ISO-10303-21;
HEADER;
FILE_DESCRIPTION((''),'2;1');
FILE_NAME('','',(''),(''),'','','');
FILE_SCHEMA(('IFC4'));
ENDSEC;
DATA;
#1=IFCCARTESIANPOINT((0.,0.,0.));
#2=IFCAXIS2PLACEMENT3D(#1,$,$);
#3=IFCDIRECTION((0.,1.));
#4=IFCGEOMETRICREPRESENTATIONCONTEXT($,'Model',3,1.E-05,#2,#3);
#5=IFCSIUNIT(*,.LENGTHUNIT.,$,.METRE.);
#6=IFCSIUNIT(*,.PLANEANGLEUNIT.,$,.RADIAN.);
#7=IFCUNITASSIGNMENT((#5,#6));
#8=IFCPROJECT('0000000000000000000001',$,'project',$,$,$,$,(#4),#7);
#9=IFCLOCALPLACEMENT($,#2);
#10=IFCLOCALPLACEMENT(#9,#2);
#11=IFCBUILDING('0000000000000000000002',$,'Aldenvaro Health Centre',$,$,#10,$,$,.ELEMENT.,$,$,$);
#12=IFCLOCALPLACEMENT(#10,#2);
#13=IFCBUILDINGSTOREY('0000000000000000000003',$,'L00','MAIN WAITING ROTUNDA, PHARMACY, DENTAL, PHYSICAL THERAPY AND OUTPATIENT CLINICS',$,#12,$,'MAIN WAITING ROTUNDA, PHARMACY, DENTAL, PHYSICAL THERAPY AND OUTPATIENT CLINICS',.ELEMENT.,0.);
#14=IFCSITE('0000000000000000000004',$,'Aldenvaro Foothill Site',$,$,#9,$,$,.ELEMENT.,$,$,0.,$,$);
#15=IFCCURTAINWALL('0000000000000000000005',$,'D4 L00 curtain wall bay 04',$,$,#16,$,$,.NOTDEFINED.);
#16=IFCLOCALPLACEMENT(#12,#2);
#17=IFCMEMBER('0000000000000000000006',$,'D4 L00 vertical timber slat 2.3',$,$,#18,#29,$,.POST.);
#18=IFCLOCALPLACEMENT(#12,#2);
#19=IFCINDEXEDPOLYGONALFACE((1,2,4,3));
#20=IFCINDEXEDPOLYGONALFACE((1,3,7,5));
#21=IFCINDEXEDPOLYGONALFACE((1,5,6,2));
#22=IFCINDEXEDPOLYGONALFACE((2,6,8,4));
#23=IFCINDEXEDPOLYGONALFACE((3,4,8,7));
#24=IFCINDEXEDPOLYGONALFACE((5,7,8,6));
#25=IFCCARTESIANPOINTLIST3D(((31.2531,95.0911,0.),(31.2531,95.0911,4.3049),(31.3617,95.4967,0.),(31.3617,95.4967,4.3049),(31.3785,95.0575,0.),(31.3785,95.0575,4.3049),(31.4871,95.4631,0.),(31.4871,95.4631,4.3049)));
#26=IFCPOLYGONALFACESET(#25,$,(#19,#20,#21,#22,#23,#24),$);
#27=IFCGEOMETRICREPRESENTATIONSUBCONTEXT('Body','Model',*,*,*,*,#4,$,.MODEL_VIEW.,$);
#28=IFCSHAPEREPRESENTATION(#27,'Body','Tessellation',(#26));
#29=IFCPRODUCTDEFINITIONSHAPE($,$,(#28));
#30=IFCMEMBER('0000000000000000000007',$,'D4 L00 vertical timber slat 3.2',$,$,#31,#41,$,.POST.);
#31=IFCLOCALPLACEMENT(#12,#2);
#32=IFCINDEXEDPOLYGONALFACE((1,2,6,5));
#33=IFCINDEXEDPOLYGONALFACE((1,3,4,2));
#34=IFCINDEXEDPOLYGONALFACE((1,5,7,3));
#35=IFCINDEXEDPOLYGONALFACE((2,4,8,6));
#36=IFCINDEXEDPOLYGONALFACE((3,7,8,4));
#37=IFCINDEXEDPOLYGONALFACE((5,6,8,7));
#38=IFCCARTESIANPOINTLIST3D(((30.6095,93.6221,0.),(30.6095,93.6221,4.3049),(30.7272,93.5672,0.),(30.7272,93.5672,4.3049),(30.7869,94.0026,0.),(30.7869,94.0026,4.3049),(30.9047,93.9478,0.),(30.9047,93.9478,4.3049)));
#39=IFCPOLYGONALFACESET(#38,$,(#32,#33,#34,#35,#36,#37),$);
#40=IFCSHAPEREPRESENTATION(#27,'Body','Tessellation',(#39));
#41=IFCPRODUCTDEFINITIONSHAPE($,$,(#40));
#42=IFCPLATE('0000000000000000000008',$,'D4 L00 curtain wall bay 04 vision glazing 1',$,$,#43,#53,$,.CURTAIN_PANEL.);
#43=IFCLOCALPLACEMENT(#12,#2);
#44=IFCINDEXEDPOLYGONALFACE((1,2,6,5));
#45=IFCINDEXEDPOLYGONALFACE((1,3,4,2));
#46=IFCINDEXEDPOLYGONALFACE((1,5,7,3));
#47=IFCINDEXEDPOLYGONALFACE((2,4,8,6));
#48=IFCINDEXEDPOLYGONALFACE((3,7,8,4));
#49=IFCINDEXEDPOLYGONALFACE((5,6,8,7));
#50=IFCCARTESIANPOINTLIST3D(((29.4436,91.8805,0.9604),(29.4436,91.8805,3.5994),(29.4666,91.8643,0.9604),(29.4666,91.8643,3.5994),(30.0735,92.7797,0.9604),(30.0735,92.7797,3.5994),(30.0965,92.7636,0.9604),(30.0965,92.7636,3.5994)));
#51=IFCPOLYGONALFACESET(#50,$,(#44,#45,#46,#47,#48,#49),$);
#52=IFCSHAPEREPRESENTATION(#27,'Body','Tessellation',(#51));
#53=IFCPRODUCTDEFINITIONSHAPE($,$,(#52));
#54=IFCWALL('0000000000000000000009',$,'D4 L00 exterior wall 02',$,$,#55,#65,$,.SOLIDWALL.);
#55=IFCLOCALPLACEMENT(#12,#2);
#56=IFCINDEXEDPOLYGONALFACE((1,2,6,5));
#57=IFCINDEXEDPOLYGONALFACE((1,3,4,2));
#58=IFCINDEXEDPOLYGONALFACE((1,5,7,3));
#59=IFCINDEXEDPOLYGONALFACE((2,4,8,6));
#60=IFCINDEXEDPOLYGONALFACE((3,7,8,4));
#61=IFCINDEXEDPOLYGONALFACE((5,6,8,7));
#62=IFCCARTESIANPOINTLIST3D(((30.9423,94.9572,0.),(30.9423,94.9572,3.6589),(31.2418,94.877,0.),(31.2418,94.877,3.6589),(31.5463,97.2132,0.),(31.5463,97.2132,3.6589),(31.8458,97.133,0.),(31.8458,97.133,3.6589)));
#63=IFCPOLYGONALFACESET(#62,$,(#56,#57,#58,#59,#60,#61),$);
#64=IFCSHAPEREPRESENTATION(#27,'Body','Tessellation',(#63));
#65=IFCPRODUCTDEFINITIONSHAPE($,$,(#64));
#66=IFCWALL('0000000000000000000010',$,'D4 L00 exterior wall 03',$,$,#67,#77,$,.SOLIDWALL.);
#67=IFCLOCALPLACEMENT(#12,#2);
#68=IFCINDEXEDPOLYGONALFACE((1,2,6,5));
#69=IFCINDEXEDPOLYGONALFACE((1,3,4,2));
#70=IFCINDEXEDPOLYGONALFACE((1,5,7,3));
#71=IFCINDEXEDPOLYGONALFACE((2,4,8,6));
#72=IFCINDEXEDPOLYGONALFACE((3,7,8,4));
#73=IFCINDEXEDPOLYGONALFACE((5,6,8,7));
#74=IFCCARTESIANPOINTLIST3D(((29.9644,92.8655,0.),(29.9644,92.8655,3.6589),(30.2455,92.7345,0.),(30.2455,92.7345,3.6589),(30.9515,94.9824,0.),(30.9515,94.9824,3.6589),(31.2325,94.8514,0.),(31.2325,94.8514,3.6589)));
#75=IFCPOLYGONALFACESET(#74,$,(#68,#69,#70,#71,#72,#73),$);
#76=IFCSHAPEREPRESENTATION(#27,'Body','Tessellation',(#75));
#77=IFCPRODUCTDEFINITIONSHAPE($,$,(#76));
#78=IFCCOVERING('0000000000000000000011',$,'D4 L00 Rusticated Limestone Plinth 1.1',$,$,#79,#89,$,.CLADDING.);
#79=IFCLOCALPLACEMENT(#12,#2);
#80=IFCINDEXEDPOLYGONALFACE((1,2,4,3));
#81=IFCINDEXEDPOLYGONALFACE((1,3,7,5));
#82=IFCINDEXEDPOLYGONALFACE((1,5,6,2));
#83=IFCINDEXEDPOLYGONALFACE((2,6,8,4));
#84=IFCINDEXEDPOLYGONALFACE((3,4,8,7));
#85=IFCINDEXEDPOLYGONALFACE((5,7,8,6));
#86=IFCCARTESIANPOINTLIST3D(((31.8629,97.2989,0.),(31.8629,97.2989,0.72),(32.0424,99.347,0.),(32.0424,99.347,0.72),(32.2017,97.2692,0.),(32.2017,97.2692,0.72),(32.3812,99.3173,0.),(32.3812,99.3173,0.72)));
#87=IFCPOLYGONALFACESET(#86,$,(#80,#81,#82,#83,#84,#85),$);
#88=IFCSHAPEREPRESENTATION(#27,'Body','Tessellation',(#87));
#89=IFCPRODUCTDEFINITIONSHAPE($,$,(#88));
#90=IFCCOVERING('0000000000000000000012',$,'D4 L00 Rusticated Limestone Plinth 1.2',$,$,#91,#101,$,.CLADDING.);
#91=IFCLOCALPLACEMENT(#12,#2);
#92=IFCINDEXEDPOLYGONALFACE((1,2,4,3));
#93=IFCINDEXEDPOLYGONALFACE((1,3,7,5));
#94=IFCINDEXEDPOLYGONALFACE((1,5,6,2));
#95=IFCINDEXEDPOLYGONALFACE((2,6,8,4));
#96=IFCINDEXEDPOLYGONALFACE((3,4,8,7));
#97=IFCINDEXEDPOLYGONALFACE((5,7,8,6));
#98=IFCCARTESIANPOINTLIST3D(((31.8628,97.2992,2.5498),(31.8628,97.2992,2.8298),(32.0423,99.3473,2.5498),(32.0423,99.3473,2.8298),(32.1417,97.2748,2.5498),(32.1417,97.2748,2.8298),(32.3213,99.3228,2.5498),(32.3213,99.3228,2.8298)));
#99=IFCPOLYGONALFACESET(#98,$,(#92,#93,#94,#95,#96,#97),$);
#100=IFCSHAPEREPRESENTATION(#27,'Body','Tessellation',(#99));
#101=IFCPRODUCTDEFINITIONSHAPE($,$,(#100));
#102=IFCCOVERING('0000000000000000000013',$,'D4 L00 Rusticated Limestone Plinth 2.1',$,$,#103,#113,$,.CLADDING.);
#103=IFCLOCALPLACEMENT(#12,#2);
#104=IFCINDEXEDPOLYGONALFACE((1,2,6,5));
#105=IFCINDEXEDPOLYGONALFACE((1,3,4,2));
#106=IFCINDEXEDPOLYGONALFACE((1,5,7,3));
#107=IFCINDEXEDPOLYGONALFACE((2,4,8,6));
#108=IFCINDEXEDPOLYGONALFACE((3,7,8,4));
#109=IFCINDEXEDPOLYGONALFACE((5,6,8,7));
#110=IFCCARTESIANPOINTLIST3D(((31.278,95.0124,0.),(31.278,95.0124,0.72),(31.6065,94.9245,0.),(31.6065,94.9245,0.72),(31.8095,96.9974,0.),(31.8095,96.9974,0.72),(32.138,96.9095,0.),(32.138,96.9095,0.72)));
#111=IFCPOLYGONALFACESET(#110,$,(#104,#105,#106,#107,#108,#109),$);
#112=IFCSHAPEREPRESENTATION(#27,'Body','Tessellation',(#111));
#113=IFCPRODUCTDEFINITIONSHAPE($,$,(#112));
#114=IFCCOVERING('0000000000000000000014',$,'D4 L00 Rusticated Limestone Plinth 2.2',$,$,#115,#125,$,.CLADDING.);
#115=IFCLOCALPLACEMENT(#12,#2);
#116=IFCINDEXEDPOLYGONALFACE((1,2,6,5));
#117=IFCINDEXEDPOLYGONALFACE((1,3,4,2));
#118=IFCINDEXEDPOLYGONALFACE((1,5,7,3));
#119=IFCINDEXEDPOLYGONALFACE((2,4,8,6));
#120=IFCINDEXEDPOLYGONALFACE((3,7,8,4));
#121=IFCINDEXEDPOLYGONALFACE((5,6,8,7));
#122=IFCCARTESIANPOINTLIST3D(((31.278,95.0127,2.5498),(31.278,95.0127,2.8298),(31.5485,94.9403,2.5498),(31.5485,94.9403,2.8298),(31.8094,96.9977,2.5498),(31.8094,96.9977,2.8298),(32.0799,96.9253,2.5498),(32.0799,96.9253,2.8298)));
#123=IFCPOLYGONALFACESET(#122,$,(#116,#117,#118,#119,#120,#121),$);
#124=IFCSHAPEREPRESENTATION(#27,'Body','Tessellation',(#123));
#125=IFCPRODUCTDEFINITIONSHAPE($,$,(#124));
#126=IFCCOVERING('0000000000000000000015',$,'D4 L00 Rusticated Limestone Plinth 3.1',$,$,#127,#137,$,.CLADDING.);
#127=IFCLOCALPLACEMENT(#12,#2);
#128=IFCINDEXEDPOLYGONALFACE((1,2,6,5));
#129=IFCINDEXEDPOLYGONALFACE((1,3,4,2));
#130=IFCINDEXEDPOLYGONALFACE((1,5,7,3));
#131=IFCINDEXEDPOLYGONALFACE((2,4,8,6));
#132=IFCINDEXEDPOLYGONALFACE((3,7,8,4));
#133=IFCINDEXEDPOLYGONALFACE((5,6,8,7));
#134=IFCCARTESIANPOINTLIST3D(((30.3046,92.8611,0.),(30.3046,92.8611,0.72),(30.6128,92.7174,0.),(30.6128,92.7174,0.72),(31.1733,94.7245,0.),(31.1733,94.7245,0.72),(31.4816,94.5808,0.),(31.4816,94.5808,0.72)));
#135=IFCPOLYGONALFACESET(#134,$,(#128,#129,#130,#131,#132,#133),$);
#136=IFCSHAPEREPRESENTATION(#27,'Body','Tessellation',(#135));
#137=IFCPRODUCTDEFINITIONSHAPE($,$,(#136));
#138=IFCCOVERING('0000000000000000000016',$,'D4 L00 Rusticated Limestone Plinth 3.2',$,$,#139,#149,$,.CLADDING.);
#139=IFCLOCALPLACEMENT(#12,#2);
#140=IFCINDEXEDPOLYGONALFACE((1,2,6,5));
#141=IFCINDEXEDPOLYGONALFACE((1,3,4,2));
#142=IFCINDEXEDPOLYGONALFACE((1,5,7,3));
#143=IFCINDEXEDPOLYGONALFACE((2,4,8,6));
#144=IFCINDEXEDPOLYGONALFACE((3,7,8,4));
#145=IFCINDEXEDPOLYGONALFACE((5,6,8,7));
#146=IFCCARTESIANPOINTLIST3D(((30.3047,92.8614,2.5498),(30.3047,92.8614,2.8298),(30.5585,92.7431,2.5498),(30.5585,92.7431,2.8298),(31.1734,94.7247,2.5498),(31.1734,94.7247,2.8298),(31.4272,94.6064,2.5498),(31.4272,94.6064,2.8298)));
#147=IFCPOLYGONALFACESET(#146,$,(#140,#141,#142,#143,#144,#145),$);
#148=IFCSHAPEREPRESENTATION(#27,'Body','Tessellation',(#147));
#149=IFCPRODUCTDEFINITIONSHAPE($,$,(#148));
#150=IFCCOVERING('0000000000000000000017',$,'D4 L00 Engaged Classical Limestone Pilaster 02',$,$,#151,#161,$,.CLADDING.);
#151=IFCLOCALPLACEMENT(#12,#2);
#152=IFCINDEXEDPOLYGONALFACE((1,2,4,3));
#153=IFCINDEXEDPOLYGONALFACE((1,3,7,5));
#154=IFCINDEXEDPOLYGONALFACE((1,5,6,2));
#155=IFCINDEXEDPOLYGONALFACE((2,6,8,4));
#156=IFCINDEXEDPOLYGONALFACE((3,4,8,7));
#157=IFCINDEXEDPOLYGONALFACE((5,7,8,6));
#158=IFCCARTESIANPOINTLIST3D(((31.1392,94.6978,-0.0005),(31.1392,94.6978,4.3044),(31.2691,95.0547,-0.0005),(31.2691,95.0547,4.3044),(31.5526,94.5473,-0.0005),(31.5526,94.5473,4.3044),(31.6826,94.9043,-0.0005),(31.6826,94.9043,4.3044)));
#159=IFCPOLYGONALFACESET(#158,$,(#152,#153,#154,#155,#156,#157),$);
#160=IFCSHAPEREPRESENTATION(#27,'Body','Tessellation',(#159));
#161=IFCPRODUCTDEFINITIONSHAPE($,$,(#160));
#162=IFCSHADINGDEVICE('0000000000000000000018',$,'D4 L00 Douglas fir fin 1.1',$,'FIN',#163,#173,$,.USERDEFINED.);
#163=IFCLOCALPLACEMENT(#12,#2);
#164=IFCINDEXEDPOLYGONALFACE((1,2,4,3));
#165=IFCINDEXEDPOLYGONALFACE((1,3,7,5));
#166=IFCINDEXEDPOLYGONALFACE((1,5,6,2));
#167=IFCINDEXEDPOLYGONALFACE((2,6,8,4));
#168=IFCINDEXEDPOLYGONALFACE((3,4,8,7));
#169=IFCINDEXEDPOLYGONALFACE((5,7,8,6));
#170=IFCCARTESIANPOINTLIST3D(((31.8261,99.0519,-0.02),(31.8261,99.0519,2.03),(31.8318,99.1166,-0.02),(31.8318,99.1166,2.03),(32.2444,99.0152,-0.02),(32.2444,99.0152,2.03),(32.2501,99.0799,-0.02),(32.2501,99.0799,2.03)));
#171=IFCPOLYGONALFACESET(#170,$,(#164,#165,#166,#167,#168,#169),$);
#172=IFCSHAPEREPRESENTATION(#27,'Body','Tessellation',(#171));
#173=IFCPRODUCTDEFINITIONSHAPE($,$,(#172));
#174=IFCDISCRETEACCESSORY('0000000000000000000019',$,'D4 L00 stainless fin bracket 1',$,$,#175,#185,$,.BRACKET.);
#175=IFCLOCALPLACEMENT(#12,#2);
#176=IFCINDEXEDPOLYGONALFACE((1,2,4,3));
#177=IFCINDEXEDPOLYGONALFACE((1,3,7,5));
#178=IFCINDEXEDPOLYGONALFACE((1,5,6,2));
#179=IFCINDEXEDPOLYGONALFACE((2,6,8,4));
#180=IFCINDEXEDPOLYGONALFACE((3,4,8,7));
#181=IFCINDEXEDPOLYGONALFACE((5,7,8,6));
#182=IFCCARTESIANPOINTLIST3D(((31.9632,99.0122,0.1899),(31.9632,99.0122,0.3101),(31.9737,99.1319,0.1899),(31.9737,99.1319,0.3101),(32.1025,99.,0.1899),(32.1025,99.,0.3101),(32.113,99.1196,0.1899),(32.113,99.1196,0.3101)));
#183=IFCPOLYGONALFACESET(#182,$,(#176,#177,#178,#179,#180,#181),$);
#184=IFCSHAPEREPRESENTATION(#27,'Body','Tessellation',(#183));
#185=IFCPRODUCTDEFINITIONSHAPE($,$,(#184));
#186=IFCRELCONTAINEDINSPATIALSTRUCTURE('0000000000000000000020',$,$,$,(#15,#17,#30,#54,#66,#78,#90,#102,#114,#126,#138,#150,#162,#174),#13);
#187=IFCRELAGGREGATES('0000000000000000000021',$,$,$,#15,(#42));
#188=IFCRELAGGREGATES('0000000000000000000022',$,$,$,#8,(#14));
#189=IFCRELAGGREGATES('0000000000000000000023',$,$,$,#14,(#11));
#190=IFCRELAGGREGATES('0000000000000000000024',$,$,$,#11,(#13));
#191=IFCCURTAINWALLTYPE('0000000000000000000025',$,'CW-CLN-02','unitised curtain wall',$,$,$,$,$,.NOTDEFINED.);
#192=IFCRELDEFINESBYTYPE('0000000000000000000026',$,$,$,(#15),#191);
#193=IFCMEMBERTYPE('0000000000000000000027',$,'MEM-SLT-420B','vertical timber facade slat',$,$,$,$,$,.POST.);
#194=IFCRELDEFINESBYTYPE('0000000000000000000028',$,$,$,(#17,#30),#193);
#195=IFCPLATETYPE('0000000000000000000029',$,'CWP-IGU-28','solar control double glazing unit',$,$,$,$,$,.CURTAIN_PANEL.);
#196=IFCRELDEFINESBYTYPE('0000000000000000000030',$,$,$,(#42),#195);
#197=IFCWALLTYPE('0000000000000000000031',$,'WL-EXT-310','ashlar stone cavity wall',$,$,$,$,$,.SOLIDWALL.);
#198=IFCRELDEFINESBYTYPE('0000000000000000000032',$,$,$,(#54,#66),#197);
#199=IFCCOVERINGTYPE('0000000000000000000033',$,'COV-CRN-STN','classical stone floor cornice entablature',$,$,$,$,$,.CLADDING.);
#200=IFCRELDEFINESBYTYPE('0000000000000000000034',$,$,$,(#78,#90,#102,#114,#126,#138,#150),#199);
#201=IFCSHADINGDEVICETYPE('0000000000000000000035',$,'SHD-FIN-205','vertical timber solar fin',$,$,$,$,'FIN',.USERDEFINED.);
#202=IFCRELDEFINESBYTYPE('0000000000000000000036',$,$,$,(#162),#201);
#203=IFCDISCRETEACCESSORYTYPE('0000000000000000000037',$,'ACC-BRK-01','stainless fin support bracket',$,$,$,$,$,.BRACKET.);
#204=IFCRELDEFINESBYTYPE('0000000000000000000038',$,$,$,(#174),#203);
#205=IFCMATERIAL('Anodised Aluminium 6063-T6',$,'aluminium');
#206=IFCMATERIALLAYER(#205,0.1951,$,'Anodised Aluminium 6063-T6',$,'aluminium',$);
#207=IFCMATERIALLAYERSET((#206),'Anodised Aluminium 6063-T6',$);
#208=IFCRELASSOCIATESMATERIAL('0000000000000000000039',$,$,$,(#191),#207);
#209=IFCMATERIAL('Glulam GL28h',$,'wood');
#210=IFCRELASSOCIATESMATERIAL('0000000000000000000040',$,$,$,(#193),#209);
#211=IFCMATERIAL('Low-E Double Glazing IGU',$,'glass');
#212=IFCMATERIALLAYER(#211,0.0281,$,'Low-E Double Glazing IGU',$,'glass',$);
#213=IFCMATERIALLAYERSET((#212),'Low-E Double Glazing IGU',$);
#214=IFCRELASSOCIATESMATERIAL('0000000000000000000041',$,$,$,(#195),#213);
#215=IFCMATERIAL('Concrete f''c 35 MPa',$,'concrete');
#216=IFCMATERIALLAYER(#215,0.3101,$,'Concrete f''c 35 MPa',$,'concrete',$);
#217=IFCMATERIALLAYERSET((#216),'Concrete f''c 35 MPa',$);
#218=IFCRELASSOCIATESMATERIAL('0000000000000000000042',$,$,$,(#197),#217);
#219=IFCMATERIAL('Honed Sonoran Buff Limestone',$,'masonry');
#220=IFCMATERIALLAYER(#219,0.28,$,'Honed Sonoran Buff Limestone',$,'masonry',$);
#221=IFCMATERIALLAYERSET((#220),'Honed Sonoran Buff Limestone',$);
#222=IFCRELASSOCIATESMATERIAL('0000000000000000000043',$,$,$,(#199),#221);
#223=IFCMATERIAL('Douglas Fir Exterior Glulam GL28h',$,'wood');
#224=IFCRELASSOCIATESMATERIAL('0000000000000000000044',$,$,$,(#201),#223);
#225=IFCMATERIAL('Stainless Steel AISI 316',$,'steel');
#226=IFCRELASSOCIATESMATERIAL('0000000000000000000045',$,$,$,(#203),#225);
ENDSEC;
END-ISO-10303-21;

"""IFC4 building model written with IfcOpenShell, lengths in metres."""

from ifc_helpers import new_model, si_unit, direction, frame, frame_2d, origin, origin_2d, place, context, subcontext, project, spatial, rectangle, extrude, material, layer, layer_set, material_profile, profile_set, type_object, element, aggregate, save


model = new_model("IFC4")

# Units and contexts
model_context = context("Model", 3, precision=1e-05, world=origin(), true_north=direction((0.0, 1.0)))
body_context = subcontext(model_context, "Body", "Model", "MODEL_VIEW")
ifc_project = project(units=[si_unit("LENGTHUNIT", "METRE"), si_unit("PLANEANGLEUNIT", "RADIAN")], contexts=[model_context])

# Site, building, storey
site_placement = place(None, origin())
site = spatial("IfcSite", under=ifc_project, at=site_placement, Name="Aldenvaro Foothill Site", CompositionType="ELEMENT", RefElevation=0.0)
building_placement = place(site_placement, origin())
building = spatial("IfcBuilding", under=site, at=building_placement, Name="Aldenvaro Health Centre", CompositionType="ELEMENT")
storey_placement = place(building_placement, origin())
storey = spatial("IfcBuildingStorey", under=building, at=storey_placement, Name="L00", Description="MAIN WAITING ROTUNDA, PHARMACY, DENTAL, PHYSICAL THERAPY AND OUTPATIENT CLINICS", LongName="MAIN WAITING ROTUNDA, PHARMACY, DENTAL, PHYSICAL THERAPY AND OUTPATIENT CLINICS", CompositionType="ELEMENT", Elevation=0.0)

# Shared definitions
ifc_material_1 = material(Name="Glulam GL28h", Category="wood")

# Curtain wall
ifc_material_2 = material(Name="Anodised Aluminium 6063-T6", Category="aluminium")
ifc_layer_1 = layer(ifc_material_2, 0.1951, Name="Anodised Aluminium 6063-T6", Category="aluminium")
ifc_layer_set_1 = layer_set([ifc_layer_1], Name="Anodised Aluminium 6063-T6")
curtain_wall_type = type_object("IfcCurtainWallType", Name="CW-CLN-02", Description="unitised curtain wall", PredefinedType="NOTDEFINED", material=ifc_layer_set_1)
curtain_wall_placement = place(storey_placement, origin())
curtain_wall = element("IfcCurtainWall", 1, at=curtain_wall_placement, inside=storey, type_object=curtain_wall_type, Name="D4 L00 curtain wall bay 04", PredefinedType="NOTDEFINED")

# Members
ifc_material_profile_1 = material_profile(ifc_material_1, rectangle(XDim=0.1299, YDim=0.4199, at=origin_2d()), Name="GL 130x420", Category="wood")
ifc_profile_set_1 = profile_set([ifc_material_profile_1], Name="Glulam GL28h")
member_type_1 = type_object("IfcMemberType", Name="MEM-SLT-420B", Description="vertical timber facade slat", PredefinedType="POST", material=ifc_profile_set_1)
for number, where, z_axis, x_axis, name in (
    (2, (31.3701, 95.2771, 0.0), (0.0, 0.0, 1.0), (0.965979, -0.258622, 0.0), "D4 L00 vertical timber slat 2.3"),
    (3, (30.7571, 93.7849, 0.0), (0.0, 0.0, 1.0), (0.906336, -0.422557, 0.0), "D4 L00 vertical timber slat 3.2"),
):
    element("IfcMember", number, at=place(storey_placement, frame(where, z_axis=z_axis, x_axis=x_axis)), inside=storey, type_object=member_type_1, Name=name, PredefinedType="POST", context=body_context, shape_type="SweptSolid", body=[
        extrude(rectangle(XDim=0.1299, YDim=0.4199, at=origin_2d()), origin(), (0.0, 0.0, 1.0), 4.3049),
    ])

# Plate
ifc_material_3 = material(Name="Low-E Double Glazing IGU", Category="glass")
ifc_layer_2 = layer(ifc_material_3, 0.0281, Name="Low-E Double Glazing IGU", Category="glass")
ifc_layer_set_2 = layer_set([ifc_layer_2], Name="Low-E Double Glazing IGU")
plate_type = type_object("IfcPlateType", Name="CWP-IGU-28", Description="solar control double glazing unit", PredefinedType="CURTAIN_PANEL", material=ifc_layer_set_2)
plate_placement = place(storey_placement, frame((29.77, 92.322, 0.9604), z_axis=(0.0, 0.0, 1.0), x_axis=(-0.573721, -0.819051, 0.0)))
plate = element("IfcPlate", 4, at=plate_placement, type_object=plate_type, Name="D4 L00 curtain wall bay 04 vision glazing 1", PredefinedType="CURTAIN_PANEL", context=body_context, shape_type="SweptSolid", body=[
    extrude(rectangle(XDim=1.0979, YDim=0.0281, at=origin_2d()), origin(), (0.0, 0.0, 1.0), 2.6389),
])
aggregate(curtain_wall, [plate])

# Walls
ifc_material_4 = material(Name="Concrete f'c 35 MPa", Category="concrete")
ifc_layer_3 = layer(ifc_material_4, 0.3101, Name="Concrete f'c 35 MPa", Category="concrete")
ifc_layer_set_3 = layer_set([ifc_layer_3], Name="Concrete f'c 35 MPa")
wall_type = type_object("IfcWallType", Name="WL-EXT-310", Description="ashlar stone cavity wall", PredefinedType="SOLIDWALL", material=ifc_layer_set_3)
wall_1_placement = place(storey_placement, frame((31.696, 97.1731, 0.0), z_axis=(0.0, 0.0, 1.0), x_axis=(-0.258612, -0.965981, 0.0)))
element("IfcWall", 5, at=wall_1_placement, inside=storey, type_object=wall_type, Name="D4 L00 exterior wall 02", PredefinedType="SOLIDWALL", context=body_context, shape_type="SweptSolid", body=[
    extrude(rectangle(XDim=2.3354, YDim=0.3101, at=frame_2d((1.1677, 0.0))), origin(), (0.0, 0.0, 1.0), 3.6589),
])
wall_2_placement = place(storey_placement, frame((31.092, 94.917, 0.0), z_axis=(0.0, 0.0, 1.0), x_axis=(-0.422588, -0.906322, 0.0)))
element("IfcWall", 6, at=wall_2_placement, inside=storey, type_object=wall_type, Name="D4 L00 exterior wall 03", PredefinedType="SOLIDWALL", context=body_context, shape_type="SweptSolid", body=[
    extrude(rectangle(XDim=2.3357, YDim=0.3101, at=frame_2d((1.168, 0.0))), origin(), (0.0, 0.0, 1.0), 3.6589),
])

# Coverings
ifc_material_5 = material(Name="Honed Sonoran Buff Limestone", Category="masonry")
ifc_layer_4 = layer(ifc_material_5, 0.28, Name="Honed Sonoran Buff Limestone", Category="masonry")
ifc_layer_set_4 = layer_set([ifc_layer_4], Name="Honed Sonoran Buff Limestone")
covering_type = type_object("IfcCoveringType", Name="COV-CRN-STN", Description="classical stone floor cornice entablature", PredefinedType="CLADDING", material=ifc_layer_set_4)
covering_1_placement = place(storey_placement, frame((32.1221, 98.3081, 0.0), z_axis=(0.0, 0.0, 1.0), x_axis=(-0.087332, -0.996179, 0.0)))
element("IfcCovering", 7, at=covering_1_placement, inside=storey, type_object=covering_type, Name="D4 L00 Rusticated Limestone Plinth 1.1", PredefinedType="CLADDING", context=body_context, shape_type="SweptSolid", body=[
    extrude(rectangle(XDim=2.0559, YDim=0.3401, at=origin_2d()), origin(), (0.0, 0.0, 1.0), 0.72),
])
covering_2_placement = place(storey_placement, frame((32.092, 98.311, 2.5498), z_axis=(0.0, 0.0, 1.0), x_axis=(-0.087332, -0.996179, 0.0)))
element("IfcCovering", 8, at=covering_2_placement, inside=storey, type_object=covering_type, Name="D4 L00 Rusticated Limestone Plinth 1.2", PredefinedType="CLADDING", context=body_context, shape_type="SweptSolid", body=[
    extrude(rectangle(XDim=2.0559, YDim=0.28, at=origin_2d()), origin(), (0.0, 0.0, 1.0), 0.28),
])
covering_3_placement = place(storey_placement, frame((31.708, 95.9609, 0.0), z_axis=(0.0, 0.0, 1.0), x_axis=(-0.258622, -0.965979, 0.0)))
element("IfcCovering", 9, at=covering_3_placement, inside=storey, type_object=covering_type, Name="D4 L00 Rusticated Limestone Plinth 2.1", PredefinedType="CLADDING", context=body_context, shape_type="SweptSolid", body=[
    extrude(rectangle(XDim=2.0549, YDim=0.3401, at=origin_2d()), origin(), (0.0, 0.0, 1.0), 0.72),
])
covering_4_placement = place(storey_placement, frame((31.679, 95.969, 2.5498), z_axis=(0.0, 0.0, 1.0), x_axis=(-0.258622, -0.965979, 0.0)))
element("IfcCovering", 10, at=covering_4_placement, inside=storey, type_object=covering_type, Name="D4 L00 Rusticated Limestone Plinth 2.2", PredefinedType="CLADDING", context=body_context, shape_type="SweptSolid", body=[
    extrude(rectangle(XDim=2.0549, YDim=0.28, at=origin_2d()), origin(), (0.0, 0.0, 1.0), 0.28),
])
covering_5_placement = place(storey_placement, frame((30.8931, 93.7209, 0.0), z_axis=(0.0, 0.0, 1.0), x_axis=(-0.422557, -0.906336, 0.0)))
element("IfcCovering", 11, at=covering_5_placement, inside=storey, type_object=covering_type, Name="D4 L00 Rusticated Limestone Plinth 3.1", PredefinedType="CLADDING", context=body_context, shape_type="SweptSolid", body=[
    extrude(rectangle(XDim=2.0559, YDim=0.3401, at=origin_2d()), origin(), (0.0, 0.0, 1.0), 0.72),
])
covering_6_placement = place(storey_placement, frame((30.866, 93.7339, 2.5498), z_axis=(0.0, 0.0, 1.0), x_axis=(-0.422557, -0.906336, 0.0)))
element("IfcCovering", 12, at=covering_6_placement, inside=storey, type_object=covering_type, Name="D4 L00 Rusticated Limestone Plinth 3.2", PredefinedType="CLADDING", context=body_context, shape_type="SweptSolid", body=[
    extrude(rectangle(XDim=2.0559, YDim=0.28, at=origin_2d()), origin(), (0.0, 0.0, 1.0), 0.28),
])
covering_7_placement = place(storey_placement, frame((31.4109, 94.801, -0.0005), z_axis=(0.0, 0.0, 1.0), x_axis=(0.939695, -0.342013, 0.0)))
element("IfcCovering", 13, at=covering_7_placement, inside=storey, type_object=covering_type, Name="D4 L00 Engaged Classical Limestone Pilaster 02", PredefinedType="CLADDING", context=body_context, shape_type="SweptSolid", body=[
    extrude(rectangle(XDim=0.4399, YDim=0.3799, at=origin_2d()), origin(), (0.0, 0.0, 1.0), 4.3049),
])

# Shading device
ifc_material_6 = material(Name="Douglas Fir Exterior Glulam GL28h", Category="wood")
shading_device_type = type_object("IfcShadingDeviceType", Name="SHD-FIN-205", Description="vertical timber solar fin", ElementType="FIN", PredefinedType="USERDEFINED", material=ifc_material_6)
shading_device_placement = place(storey_placement, frame((32.0381, 99.0659, -0.02), z_axis=(0.0, 0.0, 1.0), x_axis=(-0.087332, -0.996179, 0.0)))
element("IfcShadingDevice", 14, at=shading_device_placement, inside=storey, type_object=shading_device_type, Name="D4 L00 Douglas fir fin 1.1", ObjectType="FIN", PredefinedType="USERDEFINED", context=body_context, shape_type="SweptSolid", body=[
    extrude(rectangle(XDim=0.0649, YDim=0.4199, at=origin_2d()), origin(), (0.0, 0.0, 1.0), 2.05),
])

# Discrete accessory
ifc_material_7 = material(Name="Stainless Steel AISI 316", Category="steel")
discrete_accessory_type = type_object("IfcDiscreteAccessoryType", Name="ACC-BRK-01", Description="stainless fin support bracket", PredefinedType="BRACKET", material=ifc_material_7)
discrete_accessory_placement = place(storey_placement, frame((32.0381, 99.0659, 0.1899), z_axis=(0.0, 0.0, 1.0), x_axis=(-0.087332, -0.996179, 0.0)))
element("IfcDiscreteAccessory", 15, at=discrete_accessory_placement, inside=storey, type_object=discrete_accessory_type, Name="D4 L00 stainless fin bracket 1", PredefinedType="BRACKET", context=body_context, shape_type="SweptSolid", body=[
    extrude(rectangle(XDim=0.1201, YDim=0.1399, at=origin_2d()), origin(), (0.0, 0.0, 1.0), 0.1201),
])

save(model, "model.ifc")
